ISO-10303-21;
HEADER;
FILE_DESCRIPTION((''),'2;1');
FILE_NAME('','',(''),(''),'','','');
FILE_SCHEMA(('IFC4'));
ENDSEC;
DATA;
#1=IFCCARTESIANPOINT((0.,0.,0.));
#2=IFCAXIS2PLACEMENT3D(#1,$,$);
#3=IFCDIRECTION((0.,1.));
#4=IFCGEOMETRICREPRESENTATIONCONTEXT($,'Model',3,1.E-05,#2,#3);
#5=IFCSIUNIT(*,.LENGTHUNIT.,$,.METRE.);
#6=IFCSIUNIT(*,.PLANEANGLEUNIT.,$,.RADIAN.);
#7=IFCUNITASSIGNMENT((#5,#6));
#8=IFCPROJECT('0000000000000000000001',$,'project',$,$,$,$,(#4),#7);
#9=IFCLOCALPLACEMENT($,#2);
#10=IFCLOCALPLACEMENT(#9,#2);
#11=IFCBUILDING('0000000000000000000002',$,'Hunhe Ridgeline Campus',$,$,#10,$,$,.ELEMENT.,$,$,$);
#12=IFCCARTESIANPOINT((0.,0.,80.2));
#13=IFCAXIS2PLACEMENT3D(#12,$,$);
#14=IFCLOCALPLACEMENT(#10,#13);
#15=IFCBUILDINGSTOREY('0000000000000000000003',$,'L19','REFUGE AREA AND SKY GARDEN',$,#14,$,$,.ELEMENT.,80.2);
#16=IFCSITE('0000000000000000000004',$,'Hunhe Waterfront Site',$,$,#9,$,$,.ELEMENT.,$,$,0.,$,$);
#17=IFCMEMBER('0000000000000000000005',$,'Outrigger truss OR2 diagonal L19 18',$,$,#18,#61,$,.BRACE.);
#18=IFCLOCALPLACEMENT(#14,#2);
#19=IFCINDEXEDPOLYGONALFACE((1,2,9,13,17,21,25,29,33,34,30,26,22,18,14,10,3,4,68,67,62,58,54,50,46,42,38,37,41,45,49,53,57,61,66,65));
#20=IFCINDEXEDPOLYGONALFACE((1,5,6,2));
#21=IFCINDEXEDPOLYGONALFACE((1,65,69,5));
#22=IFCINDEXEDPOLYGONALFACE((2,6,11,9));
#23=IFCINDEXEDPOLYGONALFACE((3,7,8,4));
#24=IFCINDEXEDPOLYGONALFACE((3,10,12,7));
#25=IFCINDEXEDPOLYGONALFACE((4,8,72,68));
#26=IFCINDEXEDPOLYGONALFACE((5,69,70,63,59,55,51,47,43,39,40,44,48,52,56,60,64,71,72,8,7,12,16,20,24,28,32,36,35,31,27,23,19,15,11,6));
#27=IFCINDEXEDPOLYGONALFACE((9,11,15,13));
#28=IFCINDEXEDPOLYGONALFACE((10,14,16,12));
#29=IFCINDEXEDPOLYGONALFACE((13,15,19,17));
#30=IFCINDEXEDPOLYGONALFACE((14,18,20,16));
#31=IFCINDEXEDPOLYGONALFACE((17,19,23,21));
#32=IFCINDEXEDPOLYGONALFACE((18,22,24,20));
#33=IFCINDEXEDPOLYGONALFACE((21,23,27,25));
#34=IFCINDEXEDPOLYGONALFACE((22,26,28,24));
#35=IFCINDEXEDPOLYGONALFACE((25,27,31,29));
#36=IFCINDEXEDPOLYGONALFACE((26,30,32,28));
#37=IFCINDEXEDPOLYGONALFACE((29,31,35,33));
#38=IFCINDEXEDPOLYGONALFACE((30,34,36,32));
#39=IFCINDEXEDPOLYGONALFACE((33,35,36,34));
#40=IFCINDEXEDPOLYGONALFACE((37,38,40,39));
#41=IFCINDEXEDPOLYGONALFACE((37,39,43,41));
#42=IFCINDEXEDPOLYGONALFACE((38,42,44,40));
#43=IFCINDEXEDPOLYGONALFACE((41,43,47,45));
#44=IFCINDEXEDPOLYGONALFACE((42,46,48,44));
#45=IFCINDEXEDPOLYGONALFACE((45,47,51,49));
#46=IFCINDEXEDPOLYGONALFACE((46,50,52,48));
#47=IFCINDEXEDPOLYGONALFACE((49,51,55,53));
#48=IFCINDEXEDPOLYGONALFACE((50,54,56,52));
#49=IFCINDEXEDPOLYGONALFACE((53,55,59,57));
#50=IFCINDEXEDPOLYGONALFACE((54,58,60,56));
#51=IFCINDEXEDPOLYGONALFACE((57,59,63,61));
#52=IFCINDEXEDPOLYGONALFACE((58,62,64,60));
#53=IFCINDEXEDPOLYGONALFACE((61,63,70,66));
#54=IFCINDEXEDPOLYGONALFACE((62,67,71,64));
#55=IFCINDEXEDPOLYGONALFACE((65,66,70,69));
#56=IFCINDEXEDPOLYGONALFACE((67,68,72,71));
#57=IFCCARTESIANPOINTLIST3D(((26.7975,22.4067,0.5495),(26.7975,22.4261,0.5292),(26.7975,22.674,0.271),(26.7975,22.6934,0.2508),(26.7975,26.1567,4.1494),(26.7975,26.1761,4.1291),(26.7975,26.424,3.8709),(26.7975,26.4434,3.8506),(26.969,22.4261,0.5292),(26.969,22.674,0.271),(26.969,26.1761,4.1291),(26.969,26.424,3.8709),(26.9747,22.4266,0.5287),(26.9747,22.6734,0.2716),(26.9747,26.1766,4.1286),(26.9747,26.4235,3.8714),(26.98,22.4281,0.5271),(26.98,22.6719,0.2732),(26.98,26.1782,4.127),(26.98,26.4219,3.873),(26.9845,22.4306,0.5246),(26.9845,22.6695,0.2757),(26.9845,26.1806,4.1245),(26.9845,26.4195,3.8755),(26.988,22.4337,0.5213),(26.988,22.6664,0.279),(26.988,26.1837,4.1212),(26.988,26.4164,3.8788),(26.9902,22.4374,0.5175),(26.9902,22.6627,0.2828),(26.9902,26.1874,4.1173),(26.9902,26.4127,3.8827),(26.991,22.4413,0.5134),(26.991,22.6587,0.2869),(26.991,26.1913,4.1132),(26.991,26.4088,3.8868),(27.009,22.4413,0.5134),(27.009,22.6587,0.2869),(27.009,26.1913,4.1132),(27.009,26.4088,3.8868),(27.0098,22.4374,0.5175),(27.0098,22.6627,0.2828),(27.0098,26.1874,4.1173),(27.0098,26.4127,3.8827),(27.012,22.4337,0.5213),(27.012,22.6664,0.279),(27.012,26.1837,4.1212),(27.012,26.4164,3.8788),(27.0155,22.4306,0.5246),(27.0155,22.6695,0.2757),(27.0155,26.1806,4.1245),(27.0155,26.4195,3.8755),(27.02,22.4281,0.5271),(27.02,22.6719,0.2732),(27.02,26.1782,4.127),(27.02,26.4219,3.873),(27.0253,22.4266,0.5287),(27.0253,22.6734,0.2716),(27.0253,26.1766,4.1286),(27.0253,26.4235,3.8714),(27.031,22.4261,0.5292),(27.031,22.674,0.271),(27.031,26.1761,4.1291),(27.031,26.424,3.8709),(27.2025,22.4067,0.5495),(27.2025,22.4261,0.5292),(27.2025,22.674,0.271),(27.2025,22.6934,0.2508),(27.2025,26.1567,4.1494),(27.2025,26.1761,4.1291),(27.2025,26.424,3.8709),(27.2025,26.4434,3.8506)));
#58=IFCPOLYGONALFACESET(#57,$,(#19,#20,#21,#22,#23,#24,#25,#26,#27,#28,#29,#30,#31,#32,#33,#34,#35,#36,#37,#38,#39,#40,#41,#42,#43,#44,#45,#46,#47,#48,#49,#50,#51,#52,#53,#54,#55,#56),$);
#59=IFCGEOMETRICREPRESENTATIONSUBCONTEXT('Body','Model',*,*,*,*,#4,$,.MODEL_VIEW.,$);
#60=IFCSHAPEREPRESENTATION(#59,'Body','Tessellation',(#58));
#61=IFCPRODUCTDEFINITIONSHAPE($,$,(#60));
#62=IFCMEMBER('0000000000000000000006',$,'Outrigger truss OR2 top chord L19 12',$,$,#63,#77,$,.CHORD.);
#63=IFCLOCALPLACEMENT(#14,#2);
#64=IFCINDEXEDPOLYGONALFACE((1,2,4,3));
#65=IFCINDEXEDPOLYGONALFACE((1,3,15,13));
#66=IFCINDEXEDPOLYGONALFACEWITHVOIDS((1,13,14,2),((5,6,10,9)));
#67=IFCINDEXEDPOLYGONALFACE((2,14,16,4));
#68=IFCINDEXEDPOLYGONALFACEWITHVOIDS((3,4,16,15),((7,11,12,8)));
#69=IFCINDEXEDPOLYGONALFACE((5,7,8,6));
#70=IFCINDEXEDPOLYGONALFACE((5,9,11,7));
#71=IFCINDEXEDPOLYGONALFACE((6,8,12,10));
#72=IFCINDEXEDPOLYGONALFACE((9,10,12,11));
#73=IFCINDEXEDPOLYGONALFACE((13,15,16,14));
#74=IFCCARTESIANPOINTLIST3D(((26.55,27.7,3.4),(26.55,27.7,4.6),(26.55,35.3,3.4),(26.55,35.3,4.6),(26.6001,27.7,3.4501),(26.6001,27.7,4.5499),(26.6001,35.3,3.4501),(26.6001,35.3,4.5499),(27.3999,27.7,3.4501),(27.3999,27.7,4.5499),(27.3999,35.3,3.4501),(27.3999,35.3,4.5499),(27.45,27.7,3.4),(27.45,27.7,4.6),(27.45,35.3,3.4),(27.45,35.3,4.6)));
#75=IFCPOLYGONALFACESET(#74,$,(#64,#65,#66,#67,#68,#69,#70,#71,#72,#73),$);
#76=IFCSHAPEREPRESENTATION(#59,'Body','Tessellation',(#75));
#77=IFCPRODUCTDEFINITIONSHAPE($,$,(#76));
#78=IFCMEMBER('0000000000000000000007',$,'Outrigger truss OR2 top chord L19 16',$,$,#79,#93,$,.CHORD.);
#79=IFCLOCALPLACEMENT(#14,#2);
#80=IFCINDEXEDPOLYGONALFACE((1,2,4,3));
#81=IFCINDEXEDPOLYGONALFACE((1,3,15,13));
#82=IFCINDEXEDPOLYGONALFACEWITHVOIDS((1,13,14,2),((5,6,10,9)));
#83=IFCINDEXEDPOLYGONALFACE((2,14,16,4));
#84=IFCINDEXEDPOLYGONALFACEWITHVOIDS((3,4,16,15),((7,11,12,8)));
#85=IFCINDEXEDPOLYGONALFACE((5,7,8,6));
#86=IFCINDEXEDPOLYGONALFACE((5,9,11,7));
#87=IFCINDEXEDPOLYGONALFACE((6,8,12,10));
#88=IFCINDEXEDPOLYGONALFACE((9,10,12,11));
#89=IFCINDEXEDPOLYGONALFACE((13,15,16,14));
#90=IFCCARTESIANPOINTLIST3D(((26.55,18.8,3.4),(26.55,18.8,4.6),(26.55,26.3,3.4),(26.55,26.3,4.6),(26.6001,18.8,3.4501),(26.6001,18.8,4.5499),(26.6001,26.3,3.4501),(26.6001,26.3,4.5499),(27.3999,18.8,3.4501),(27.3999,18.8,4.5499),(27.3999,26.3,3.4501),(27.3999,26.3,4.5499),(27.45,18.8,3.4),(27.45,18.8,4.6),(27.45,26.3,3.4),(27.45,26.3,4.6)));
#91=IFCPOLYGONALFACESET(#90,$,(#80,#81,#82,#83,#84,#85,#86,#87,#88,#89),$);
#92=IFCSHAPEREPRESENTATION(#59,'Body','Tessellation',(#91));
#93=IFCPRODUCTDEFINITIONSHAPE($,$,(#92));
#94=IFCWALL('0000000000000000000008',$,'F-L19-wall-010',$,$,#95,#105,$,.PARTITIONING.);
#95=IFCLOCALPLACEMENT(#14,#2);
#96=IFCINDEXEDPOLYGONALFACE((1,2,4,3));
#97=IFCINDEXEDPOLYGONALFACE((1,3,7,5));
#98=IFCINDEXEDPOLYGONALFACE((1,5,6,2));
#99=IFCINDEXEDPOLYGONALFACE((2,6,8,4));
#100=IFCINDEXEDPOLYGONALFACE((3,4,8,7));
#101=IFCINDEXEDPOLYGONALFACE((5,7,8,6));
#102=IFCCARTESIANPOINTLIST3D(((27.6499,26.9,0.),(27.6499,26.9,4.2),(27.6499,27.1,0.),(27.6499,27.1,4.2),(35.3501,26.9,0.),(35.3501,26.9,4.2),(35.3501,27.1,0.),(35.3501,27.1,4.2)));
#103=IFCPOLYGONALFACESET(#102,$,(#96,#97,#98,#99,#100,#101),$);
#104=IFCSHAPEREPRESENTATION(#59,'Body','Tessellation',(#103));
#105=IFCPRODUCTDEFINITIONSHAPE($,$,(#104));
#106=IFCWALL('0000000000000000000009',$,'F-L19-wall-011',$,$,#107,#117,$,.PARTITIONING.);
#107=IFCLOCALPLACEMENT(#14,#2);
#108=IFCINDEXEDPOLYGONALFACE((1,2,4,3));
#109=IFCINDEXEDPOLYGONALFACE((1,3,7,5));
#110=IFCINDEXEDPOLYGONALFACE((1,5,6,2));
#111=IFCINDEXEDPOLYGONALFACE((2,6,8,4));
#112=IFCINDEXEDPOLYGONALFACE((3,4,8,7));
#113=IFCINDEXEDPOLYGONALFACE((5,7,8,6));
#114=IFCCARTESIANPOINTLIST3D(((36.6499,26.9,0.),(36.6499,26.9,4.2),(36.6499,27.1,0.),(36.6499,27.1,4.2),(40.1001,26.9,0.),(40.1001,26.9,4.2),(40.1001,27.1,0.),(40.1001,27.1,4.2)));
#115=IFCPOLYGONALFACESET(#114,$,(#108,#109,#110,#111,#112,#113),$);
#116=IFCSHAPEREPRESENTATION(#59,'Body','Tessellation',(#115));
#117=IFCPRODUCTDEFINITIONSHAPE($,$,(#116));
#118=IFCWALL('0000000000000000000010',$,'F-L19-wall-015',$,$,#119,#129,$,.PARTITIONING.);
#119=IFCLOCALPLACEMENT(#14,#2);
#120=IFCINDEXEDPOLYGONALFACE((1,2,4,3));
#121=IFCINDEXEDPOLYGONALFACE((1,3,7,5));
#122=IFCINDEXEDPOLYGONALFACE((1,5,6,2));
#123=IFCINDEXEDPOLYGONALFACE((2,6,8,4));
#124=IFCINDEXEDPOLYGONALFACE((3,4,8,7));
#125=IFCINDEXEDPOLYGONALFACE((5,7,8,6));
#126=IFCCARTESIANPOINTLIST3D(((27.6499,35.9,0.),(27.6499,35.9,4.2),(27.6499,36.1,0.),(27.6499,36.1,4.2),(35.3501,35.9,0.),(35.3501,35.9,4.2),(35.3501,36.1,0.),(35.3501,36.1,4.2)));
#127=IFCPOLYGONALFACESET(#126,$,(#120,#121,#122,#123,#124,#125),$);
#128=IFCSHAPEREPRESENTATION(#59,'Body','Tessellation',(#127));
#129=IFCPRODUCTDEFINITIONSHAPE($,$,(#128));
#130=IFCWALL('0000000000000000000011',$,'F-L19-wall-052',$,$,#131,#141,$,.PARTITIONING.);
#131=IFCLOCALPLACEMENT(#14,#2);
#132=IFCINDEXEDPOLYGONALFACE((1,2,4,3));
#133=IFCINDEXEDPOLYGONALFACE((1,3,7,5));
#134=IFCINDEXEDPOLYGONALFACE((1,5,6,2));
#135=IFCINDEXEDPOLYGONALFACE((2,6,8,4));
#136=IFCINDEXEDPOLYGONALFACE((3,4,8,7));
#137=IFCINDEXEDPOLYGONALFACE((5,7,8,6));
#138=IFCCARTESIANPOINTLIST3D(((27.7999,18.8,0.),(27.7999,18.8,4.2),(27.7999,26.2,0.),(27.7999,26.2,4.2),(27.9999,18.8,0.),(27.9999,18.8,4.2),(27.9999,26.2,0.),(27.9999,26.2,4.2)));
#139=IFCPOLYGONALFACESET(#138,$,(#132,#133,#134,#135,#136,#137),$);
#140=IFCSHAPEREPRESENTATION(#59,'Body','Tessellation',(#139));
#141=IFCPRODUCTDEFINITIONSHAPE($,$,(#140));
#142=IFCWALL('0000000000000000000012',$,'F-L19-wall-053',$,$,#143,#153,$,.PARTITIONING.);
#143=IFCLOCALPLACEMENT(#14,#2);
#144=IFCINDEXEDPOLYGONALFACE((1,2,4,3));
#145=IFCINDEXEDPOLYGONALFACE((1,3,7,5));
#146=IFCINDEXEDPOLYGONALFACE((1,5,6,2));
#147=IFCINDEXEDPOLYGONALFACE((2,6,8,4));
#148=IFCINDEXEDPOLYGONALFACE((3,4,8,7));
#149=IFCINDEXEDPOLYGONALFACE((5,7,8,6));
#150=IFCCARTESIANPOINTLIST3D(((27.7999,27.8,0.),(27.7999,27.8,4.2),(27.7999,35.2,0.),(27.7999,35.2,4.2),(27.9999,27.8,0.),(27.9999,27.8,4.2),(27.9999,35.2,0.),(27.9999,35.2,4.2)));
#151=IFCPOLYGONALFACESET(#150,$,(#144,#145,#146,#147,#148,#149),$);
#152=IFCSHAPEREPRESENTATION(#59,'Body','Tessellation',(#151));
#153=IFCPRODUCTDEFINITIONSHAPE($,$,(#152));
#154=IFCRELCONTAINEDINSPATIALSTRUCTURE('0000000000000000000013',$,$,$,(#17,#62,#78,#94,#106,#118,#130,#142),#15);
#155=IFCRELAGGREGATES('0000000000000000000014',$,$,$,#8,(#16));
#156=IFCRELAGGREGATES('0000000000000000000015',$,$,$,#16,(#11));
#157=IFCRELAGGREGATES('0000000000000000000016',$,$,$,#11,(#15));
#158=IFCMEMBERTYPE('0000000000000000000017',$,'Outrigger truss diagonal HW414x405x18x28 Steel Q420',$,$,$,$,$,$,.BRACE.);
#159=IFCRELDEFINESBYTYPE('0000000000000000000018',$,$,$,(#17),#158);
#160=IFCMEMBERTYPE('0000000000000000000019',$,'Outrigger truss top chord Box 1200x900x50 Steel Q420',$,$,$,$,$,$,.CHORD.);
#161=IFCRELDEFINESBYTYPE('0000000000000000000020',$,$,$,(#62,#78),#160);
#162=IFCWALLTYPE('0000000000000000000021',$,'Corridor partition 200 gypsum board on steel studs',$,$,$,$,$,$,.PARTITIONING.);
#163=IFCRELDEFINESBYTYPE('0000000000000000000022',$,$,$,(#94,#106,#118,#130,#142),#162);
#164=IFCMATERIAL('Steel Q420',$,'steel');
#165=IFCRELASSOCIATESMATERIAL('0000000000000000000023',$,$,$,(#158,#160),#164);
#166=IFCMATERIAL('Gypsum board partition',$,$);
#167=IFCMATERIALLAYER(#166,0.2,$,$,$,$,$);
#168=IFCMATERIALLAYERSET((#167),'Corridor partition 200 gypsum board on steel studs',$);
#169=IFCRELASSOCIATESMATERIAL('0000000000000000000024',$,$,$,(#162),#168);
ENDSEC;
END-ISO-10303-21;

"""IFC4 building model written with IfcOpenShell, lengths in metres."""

from ifc_helpers import new_model, si_unit, direction, frame, frame_2d, origin, origin_2d, place, context, subcontext, project, spatial, rectangle, hollow_rectangle, i_section, extrude, material, layer, layer_set, material_profile, profile_set, type_object, element, save


model = new_model("IFC4")

# Units and contexts
model_context = context("Model", 3, precision=1e-05, world=origin(), true_north=direction((0.0, 1.0)))
body_context = subcontext(model_context, "Body", "Model", "MODEL_VIEW")
ifc_project = project(units=[si_unit("LENGTHUNIT", "METRE"), si_unit("PLANEANGLEUNIT", "RADIAN")], contexts=[model_context])

# Site, building, storey
site_placement = place(None, origin())
site = spatial("IfcSite", under=ifc_project, at=site_placement, Name="Hunhe Waterfront Site", CompositionType="ELEMENT", RefElevation=0.0)
building_placement = place(site_placement, origin())
building = spatial("IfcBuilding", under=site, at=building_placement, Name="Hunhe Ridgeline Campus", CompositionType="ELEMENT")
storey_placement = place(building_placement, frame((0.0, 0.0, 80.2)))
storey = spatial("IfcBuildingStorey", under=building, at=storey_placement, Name="L19", Description="REFUGE AREA AND SKY GARDEN", CompositionType="ELEMENT", Elevation=80.2)

# Members
ifc_material_1 = material(Name="Steel Q420", Category="steel")
ifc_material_profile_1 = material_profile(ifc_material_1, i_section(OverallWidth=0.405, OverallDepth=0.4141, WebThickness=0.0181, FlangeThickness=0.0281, FilletRadius=0.022, at=origin_2d()))
ifc_profile_set_1 = profile_set([ifc_material_profile_1], Name="Steel Q420")
member_type_1 = type_object("IfcMemberType", Name="Outrigger truss diagonal HW414x405x18x28 Steel Q420", PredefinedType="BRACE", material=ifc_profile_set_1)
member_1_placement = place(storey_placement, frame((27.0, 26.3, 4.0), z_axis=(0.0, -0.721401, -0.692517), x_axis=(1.0, 0.0, 0.0)))
element("IfcMember", 1, at=member_1_placement, inside=storey, type_object=member_type_1, Name="Outrigger truss OR2 diagonal L19 18", PredefinedType="BRACE", context=body_context, shape_type="SweptSolid", body=[
    extrude(i_section(OverallWidth=0.405, OverallDepth=0.4141, WebThickness=0.0181, FlangeThickness=0.0281, FilletRadius=0.022, at=origin_2d()), origin(), (0.0, 0.0, 1.0), 5.1982),
])
ifc_material_profile_2 = material_profile(ifc_material_1, hollow_rectangle(XDim=0.8999, YDim=1.2, WallThickness=0.05, at=origin_2d()))
ifc_profile_set_2 = profile_set([ifc_material_profile_2], Name="Steel Q420")
member_type_2 = type_object("IfcMemberType", Name="Outrigger truss top chord Box 1200x900x50 Steel Q420", PredefinedType="CHORD", material=ifc_profile_set_2)
member_2_placement = place(storey_placement, frame((27.0, 35.3, 4.0), z_axis=(0.0, -1.0, 0.0), x_axis=(1.0, 0.0, 0.0)))
element("IfcMember", 2, at=member_2_placement, inside=storey, type_object=member_type_2, Name="Outrigger truss OR2 top chord L19 12", PredefinedType="CHORD", context=body_context, shape_type="SweptSolid", body=[
    extrude(hollow_rectangle(XDim=0.8999, YDim=1.2, WallThickness=0.05, at=origin_2d()), origin(), (0.0, 0.0, 1.0), 7.6001),
])
member_3_placement = place(storey_placement, frame((27.0, 26.3, 4.0), z_axis=(0.0, -1.0, 0.0), x_axis=(1.0, 0.0, 0.0)))
element("IfcMember", 3, at=member_3_placement, inside=storey, type_object=member_type_2, Name="Outrigger truss OR2 top chord L19 16", PredefinedType="CHORD", context=body_context, shape_type="SweptSolid", body=[
    extrude(hollow_rectangle(XDim=0.8999, YDim=1.2, WallThickness=0.05, at=origin_2d()), origin(), (0.0, 0.0, 1.0), 7.5),
])

# Walls
ifc_material_2 = material(Name="Gypsum board partition")
ifc_layer_1 = layer(ifc_material_2, 0.2)
ifc_layer_set_1 = layer_set([ifc_layer_1], Name="Corridor partition 200 gypsum board on steel studs")
wall_type_1 = type_object("IfcWallType", Name="Corridor partition 200 gypsum board on steel studs", PredefinedType="PARTITIONING", material=ifc_layer_set_1)
wall_1_placement = place(storey_placement, frame((27.6499, 27.0, 0.0), z_axis=(0.0, 0.0, 1.0), x_axis=(1.0, 0.0, 0.0)))
element("IfcWall", 4, at=wall_1_placement, inside=storey, type_object=wall_type_1, Name="F-L19-wall-010", PredefinedType="PARTITIONING", context=body_context, shape_type="SweptSolid", body=[
    extrude(rectangle(XDim=7.7002, YDim=0.2, at=frame_2d((3.8501, 0.0))), origin(), (0.0, 0.0, 1.0), 4.2),
])
wall_2_placement = place(storey_placement, frame((36.6499, 27.0, 0.0), z_axis=(0.0, 0.0, 1.0), x_axis=(1.0, 0.0, 0.0)))
element("IfcWall", 5, at=wall_2_placement, inside=storey, type_object=wall_type_1, Name="F-L19-wall-011", PredefinedType="PARTITIONING", context=body_context, shape_type="SweptSolid", body=[
    extrude(rectangle(XDim=3.4502, YDim=0.2, at=frame_2d((1.7251, 0.0))), origin(), (0.0, 0.0, 1.0), 4.2),
])
wall_3_placement = place(storey_placement, frame((27.6499, 36.0, 0.0), z_axis=(0.0, 0.0, 1.0), x_axis=(1.0, 0.0, 0.0)))
element("IfcWall", 6, at=wall_3_placement, inside=storey, type_object=wall_type_1, Name="F-L19-wall-015", PredefinedType="PARTITIONING", context=body_context, shape_type="SweptSolid", body=[
    extrude(rectangle(XDim=7.7002, YDim=0.2, at=frame_2d((3.8501, 0.0))), origin(), (0.0, 0.0, 1.0), 4.2),
])
for number, where, z_axis, x_axis, name in (
    (7, (27.8999, 26.2, 0.0), (0.0, 0.0, 1.0), (0.0, -1.0, 0.0), "F-L19-wall-052"),
    (8, (27.8999, 35.2, 0.0), (0.0, 0.0, 1.0), (0.0, -1.0, 0.0), "F-L19-wall-053"),
):
    element("IfcWall", number, at=place(storey_placement, frame(where, z_axis=z_axis, x_axis=x_axis)), inside=storey, type_object=wall_type_1, Name=name, PredefinedType="PARTITIONING", context=body_context, shape_type="SweptSolid", body=[
        extrude(rectangle(XDim=7.3999, YDim=0.2, at=frame_2d((3.7, 0.0))), origin(), (0.0, 0.0, 1.0), 4.2),
    ])

save(model, "model.ifc")
